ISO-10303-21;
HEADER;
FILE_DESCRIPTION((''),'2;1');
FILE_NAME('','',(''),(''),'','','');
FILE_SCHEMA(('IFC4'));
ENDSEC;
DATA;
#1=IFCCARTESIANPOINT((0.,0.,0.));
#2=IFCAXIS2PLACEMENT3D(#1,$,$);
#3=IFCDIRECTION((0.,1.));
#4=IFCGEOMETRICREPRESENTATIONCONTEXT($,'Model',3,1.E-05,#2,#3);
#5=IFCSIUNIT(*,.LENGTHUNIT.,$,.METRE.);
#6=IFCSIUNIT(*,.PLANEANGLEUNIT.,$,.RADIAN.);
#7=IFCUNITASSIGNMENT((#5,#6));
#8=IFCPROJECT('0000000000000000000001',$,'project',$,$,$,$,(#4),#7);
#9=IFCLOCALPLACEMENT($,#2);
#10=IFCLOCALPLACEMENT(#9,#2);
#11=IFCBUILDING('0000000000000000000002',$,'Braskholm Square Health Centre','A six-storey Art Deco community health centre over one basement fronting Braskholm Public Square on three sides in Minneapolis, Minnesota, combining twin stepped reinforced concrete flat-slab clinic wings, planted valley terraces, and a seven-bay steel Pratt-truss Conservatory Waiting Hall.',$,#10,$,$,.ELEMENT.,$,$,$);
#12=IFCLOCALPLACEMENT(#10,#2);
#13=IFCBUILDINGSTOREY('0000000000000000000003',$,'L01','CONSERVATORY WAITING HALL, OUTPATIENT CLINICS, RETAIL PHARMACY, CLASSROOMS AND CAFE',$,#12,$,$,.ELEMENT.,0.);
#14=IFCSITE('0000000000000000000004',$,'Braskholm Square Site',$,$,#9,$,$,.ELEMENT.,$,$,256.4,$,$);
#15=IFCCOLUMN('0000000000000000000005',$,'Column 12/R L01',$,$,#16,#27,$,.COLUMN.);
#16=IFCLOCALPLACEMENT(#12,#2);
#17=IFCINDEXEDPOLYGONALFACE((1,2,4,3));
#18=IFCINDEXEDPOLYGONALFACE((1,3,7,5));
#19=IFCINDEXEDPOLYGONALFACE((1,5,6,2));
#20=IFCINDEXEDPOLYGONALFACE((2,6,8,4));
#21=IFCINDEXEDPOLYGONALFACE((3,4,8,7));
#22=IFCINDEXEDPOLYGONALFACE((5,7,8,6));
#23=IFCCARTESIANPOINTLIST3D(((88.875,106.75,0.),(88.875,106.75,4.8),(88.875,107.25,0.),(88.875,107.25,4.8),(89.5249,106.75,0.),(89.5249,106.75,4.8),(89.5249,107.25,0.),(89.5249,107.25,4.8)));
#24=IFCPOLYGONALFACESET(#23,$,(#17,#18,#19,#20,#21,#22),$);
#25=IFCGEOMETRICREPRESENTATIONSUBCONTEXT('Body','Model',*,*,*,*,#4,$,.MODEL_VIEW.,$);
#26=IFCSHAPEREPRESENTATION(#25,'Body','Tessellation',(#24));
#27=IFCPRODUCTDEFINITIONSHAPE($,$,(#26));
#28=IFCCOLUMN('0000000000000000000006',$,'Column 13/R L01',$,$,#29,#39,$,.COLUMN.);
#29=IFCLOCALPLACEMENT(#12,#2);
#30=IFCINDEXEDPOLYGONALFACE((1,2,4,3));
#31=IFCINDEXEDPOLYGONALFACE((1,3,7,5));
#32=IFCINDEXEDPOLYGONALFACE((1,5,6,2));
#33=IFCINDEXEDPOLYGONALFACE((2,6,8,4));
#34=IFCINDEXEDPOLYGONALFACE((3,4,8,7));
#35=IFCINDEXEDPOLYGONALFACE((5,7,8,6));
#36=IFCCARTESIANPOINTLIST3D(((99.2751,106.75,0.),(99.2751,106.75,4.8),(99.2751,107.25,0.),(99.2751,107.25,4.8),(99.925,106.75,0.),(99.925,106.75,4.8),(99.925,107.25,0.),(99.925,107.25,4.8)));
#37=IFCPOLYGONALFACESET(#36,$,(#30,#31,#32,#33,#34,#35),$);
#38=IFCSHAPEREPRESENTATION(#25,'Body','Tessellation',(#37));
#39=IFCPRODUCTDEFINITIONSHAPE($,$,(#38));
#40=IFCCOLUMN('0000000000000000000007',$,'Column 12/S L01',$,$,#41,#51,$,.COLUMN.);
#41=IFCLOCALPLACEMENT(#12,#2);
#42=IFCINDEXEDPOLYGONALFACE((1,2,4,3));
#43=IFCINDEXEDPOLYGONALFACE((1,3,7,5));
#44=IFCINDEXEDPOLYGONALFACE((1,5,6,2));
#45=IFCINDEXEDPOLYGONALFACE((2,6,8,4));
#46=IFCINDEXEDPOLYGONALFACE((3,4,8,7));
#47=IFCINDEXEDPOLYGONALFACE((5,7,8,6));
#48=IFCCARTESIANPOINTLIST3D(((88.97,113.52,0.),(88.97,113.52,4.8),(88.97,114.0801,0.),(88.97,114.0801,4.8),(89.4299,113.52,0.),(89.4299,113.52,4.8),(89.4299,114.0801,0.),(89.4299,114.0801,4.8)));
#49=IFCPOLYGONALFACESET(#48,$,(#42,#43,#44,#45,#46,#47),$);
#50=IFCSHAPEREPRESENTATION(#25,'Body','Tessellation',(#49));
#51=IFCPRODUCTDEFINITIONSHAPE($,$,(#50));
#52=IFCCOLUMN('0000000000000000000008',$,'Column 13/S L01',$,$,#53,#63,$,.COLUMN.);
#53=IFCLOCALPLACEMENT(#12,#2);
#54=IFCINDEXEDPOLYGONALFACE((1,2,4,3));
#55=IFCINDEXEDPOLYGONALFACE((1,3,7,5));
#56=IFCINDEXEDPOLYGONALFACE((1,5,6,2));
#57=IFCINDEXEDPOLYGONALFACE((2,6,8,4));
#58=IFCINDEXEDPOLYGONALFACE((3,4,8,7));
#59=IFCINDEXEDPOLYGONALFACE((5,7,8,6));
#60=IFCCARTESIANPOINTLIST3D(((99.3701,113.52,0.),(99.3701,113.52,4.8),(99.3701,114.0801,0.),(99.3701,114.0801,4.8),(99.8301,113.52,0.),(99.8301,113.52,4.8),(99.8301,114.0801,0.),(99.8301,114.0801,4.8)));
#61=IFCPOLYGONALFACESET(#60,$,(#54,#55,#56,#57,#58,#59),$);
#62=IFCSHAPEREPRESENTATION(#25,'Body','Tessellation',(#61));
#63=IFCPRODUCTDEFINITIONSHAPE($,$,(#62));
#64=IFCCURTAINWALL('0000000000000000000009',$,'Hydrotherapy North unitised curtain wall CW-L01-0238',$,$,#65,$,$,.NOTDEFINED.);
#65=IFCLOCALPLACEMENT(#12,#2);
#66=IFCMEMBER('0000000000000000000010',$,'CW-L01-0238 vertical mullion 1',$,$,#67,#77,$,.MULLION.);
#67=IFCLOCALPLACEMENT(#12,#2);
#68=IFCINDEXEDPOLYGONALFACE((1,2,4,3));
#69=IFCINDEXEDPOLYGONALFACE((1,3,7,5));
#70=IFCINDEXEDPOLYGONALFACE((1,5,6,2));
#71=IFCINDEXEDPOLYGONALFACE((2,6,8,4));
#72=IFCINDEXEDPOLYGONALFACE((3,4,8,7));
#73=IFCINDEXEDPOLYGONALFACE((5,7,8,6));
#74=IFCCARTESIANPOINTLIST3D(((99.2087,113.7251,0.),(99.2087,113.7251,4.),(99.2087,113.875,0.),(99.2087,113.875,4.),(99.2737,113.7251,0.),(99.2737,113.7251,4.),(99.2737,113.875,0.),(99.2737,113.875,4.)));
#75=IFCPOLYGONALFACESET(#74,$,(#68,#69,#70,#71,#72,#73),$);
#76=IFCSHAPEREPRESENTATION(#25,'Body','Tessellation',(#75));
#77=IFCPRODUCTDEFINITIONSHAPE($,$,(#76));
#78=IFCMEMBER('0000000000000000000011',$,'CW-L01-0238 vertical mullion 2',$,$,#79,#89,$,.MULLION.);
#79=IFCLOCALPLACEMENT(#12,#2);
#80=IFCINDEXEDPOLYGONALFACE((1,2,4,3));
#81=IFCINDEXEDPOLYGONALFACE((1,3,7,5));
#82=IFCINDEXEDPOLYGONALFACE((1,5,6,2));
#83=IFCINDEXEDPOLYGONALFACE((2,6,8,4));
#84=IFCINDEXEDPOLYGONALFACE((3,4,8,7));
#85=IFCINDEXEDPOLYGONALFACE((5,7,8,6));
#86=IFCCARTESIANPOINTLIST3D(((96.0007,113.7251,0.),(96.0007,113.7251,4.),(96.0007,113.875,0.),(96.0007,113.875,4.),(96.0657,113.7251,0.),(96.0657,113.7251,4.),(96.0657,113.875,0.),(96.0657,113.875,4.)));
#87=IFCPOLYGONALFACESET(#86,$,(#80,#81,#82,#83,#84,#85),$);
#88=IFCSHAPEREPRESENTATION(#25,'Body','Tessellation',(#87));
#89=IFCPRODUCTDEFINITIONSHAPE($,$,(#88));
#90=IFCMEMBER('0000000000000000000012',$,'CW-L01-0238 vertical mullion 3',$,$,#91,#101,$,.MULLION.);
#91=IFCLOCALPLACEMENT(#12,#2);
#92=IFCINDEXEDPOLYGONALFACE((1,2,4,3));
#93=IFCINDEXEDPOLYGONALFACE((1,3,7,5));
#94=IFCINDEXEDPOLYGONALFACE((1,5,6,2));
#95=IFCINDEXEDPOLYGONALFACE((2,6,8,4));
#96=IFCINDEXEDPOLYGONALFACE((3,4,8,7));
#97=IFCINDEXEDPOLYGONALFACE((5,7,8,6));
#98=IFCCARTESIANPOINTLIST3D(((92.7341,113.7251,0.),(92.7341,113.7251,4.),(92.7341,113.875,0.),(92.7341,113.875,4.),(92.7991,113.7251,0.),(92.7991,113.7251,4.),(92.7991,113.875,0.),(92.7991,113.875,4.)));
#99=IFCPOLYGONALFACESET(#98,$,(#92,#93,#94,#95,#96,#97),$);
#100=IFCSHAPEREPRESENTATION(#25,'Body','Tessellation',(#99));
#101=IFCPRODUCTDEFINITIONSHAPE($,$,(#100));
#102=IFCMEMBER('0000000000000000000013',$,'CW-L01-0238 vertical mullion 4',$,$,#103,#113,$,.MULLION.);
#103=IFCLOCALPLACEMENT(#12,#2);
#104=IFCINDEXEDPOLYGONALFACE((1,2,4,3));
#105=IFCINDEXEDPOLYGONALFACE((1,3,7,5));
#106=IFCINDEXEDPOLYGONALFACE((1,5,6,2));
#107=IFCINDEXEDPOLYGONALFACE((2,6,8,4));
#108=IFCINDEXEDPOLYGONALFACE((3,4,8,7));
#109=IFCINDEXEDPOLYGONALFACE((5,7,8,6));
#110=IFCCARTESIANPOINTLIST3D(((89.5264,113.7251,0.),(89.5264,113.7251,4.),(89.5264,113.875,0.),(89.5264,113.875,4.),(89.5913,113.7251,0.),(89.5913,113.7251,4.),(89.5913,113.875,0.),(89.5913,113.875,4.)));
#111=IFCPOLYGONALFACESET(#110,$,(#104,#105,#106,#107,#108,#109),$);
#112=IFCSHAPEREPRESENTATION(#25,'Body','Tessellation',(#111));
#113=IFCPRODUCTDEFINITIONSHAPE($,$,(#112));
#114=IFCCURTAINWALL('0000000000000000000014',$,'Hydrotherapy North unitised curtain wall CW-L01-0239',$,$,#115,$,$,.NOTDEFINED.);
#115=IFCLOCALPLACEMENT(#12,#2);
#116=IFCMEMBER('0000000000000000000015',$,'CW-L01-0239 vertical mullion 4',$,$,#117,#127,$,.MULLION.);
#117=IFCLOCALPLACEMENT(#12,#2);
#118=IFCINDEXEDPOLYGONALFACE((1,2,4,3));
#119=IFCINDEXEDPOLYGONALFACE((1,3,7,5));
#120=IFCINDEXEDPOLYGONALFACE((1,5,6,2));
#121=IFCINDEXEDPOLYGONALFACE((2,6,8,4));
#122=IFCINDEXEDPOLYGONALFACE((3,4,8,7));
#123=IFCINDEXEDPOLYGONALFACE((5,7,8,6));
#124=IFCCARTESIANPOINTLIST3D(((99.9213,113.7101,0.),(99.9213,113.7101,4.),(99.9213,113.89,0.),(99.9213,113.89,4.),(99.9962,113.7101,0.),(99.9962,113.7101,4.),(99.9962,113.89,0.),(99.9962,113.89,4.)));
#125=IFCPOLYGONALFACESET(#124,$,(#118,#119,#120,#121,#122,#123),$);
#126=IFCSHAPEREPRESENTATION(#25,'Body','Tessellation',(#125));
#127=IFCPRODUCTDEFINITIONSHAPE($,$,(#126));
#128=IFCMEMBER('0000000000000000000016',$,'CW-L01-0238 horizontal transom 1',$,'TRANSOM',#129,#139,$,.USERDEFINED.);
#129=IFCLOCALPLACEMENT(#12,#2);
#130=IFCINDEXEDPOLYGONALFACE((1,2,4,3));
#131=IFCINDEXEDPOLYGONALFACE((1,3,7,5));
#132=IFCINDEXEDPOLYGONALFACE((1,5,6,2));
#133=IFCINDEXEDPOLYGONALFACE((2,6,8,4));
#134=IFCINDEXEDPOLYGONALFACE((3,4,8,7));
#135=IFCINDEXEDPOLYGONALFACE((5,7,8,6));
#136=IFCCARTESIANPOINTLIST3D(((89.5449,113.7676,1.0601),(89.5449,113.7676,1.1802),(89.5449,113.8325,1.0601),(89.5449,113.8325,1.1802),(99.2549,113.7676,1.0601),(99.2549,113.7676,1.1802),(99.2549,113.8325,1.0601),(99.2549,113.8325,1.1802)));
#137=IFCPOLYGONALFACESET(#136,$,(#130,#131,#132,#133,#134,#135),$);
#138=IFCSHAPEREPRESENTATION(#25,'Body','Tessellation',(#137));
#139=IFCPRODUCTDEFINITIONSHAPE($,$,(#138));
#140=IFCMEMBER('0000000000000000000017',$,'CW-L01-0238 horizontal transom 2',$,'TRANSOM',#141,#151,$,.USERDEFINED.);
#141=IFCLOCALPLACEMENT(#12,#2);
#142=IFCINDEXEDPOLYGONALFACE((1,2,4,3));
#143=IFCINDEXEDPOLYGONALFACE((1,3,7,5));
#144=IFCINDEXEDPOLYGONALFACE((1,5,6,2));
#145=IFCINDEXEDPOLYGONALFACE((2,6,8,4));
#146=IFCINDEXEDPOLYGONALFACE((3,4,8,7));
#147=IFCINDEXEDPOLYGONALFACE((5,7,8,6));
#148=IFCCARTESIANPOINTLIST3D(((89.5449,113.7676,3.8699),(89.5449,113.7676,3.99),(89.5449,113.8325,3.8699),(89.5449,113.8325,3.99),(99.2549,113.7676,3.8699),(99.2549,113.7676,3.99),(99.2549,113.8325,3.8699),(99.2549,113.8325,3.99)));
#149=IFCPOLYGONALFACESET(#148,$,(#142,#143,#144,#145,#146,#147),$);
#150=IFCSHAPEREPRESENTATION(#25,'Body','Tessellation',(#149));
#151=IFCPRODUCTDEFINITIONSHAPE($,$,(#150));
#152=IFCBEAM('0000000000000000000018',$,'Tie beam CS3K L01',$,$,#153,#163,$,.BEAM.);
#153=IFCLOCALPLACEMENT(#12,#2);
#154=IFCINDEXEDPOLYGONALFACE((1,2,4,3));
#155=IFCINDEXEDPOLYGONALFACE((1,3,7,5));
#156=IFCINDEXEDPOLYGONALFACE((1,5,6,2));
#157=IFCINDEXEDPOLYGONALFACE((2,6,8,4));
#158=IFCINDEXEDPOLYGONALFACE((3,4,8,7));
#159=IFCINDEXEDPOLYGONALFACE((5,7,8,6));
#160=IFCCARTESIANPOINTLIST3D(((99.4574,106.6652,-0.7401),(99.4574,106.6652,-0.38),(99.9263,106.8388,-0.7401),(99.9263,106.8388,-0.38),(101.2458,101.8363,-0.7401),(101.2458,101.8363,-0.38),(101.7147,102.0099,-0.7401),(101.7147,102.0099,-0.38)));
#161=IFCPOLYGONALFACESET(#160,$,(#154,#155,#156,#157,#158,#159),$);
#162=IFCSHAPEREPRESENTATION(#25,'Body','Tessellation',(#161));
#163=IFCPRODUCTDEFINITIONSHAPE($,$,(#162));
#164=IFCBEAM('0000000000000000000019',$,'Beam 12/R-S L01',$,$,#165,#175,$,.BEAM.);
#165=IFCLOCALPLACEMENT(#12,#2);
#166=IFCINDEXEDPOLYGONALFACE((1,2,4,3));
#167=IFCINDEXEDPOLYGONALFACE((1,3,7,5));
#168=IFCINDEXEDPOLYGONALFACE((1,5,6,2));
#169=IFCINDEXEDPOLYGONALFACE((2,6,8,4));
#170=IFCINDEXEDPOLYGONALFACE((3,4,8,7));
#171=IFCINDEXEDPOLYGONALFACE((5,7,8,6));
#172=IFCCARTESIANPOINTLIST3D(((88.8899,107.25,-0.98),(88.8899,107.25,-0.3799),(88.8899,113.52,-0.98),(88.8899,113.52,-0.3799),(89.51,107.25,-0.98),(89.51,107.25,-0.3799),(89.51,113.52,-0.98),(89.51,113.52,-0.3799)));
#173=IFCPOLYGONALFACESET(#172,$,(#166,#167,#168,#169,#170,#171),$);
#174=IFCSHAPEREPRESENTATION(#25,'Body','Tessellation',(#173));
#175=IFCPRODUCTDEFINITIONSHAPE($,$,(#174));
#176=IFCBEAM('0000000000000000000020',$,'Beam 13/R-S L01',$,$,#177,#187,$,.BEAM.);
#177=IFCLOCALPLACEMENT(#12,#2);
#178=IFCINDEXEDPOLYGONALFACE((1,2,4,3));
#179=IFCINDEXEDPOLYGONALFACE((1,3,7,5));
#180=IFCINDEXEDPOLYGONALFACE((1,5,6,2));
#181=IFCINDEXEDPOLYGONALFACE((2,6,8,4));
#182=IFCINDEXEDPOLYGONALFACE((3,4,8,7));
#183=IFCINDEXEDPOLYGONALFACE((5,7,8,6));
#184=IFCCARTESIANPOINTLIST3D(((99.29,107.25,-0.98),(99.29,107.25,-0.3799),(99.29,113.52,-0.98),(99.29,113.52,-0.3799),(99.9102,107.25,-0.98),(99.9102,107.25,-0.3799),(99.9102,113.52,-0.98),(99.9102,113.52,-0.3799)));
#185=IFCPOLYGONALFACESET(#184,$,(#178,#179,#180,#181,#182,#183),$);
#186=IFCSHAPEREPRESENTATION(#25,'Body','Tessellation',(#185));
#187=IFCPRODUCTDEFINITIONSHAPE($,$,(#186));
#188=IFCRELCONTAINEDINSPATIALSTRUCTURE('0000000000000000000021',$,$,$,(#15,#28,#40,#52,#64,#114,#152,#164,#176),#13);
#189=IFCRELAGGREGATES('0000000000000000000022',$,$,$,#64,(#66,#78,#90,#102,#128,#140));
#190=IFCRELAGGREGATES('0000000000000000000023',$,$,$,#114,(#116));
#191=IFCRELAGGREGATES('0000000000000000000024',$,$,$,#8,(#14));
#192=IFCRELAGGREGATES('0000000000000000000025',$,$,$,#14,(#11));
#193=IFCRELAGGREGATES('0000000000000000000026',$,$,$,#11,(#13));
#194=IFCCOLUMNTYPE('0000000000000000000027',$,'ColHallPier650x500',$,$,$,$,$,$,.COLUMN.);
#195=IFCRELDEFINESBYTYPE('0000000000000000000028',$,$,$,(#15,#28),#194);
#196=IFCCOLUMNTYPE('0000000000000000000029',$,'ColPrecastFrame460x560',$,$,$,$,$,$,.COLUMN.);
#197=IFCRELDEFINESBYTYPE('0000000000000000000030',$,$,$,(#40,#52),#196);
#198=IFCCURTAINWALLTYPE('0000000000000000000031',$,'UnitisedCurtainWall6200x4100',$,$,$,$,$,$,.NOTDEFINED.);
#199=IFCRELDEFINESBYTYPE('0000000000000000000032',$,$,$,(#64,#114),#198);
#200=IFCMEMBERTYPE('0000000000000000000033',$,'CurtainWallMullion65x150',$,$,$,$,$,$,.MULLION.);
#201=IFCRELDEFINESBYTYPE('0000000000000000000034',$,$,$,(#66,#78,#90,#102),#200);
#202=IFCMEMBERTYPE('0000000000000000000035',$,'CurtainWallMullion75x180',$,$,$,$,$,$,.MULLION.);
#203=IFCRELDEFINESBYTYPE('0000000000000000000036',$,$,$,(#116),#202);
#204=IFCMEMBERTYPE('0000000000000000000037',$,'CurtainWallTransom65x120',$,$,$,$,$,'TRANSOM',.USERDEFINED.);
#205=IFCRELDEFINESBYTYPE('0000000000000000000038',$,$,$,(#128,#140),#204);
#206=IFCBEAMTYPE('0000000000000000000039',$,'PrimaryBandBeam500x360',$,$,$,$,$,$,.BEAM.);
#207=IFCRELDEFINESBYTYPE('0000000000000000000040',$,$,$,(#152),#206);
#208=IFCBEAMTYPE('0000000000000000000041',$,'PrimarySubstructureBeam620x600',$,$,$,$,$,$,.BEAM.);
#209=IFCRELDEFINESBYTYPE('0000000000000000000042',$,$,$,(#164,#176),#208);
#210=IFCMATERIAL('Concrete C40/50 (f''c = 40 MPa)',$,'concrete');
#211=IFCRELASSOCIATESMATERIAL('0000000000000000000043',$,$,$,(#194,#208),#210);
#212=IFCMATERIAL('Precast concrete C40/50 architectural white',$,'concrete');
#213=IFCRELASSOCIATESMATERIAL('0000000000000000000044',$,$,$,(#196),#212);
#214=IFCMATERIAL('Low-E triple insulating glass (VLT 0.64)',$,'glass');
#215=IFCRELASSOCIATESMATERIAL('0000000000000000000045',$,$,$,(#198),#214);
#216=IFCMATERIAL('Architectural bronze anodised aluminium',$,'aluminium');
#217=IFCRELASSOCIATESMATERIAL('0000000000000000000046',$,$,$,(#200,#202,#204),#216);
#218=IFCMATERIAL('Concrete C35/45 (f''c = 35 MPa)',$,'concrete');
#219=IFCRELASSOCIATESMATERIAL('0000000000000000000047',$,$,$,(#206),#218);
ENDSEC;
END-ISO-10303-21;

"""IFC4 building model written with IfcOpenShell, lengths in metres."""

from ifc_helpers import new_model, si_unit, direction, frame, origin, origin_2d, place, context, subcontext, project, spatial, rectangle, extrude, material, material_profile, profile_set, type_object, element, aggregate, save


model = new_model("IFC4")

# Units and contexts
model_context = context("Model", 3, precision=1e-05, world=origin(), true_north=direction((0.0, 1.0)))
body_context = subcontext(model_context, "Body", "Model", "MODEL_VIEW")
ifc_project = project(units=[si_unit("LENGTHUNIT", "METRE"), si_unit("PLANEANGLEUNIT", "RADIAN")], contexts=[model_context])

# Site, building, storey
site_placement = place(None, origin())
site = spatial("IfcSite", under=ifc_project, at=site_placement, Name="Braskholm Square Site", CompositionType="ELEMENT", RefElevation=256.4)
building_placement = place(site_placement, origin())
building = spatial("IfcBuilding", under=site, at=building_placement, Name="Braskholm Square Health Centre", Description="A six-storey Art Deco community health centre over one basement fronting Braskholm Public Square on three sides in Minneapolis, Minnesota, combining twin stepped reinforced concrete flat-slab clinic wings, planted valley terraces, and a seven-bay steel Pratt-truss Conservatory Waiting Hall.", CompositionType="ELEMENT")
storey_placement = place(building_placement, origin())
storey = spatial("IfcBuildingStorey", under=building, at=storey_placement, Name="L01", Description="CONSERVATORY WAITING HALL, OUTPATIENT CLINICS, RETAIL PHARMACY, CLASSROOMS AND CAFE", CompositionType="ELEMENT", Elevation=0.0)

# Columns
ifc_material_1 = material(Name="Concrete C40/50 (f'c = 40 MPa)", Category="concrete")
ifc_material_profile_1 = material_profile(ifc_material_1, rectangle(XDim=0.6499, YDim=0.5, at=origin_2d()), Name="RC-650X500")
ifc_profile_set_1 = profile_set([ifc_material_profile_1], Name="Concrete C40/50 (f'c = 40 MPa)")
column_type_1 = type_object("IfcColumnType", Name="ColHallPier650x500", PredefinedType="COLUMN", material=ifc_profile_set_1)
for number, where, z_axis, x_axis, name in (
    (1, (89.2, 107.0, 0.0), (0.0, 0.0, 1.0), (1.0, 0.0, 0.0), "Column 12/R L01"),
    (2, (99.6001, 107.0, 0.0), (0.0, 0.0, 1.0), (1.0, 0.0, 0.0), "Column 13/R L01"),
):
    element("IfcColumn", number, at=place(storey_placement, frame(where, z_axis=z_axis, x_axis=x_axis)), inside=storey, type_object=column_type_1, Name=name, PredefinedType="COLUMN", context=body_context, shape_type="SweptSolid", body=[
        extrude(rectangle(XDim=0.6499, YDim=0.5, at=origin_2d()), origin(), (0.0, 0.0, 1.0), 4.8),
    ])
ifc_material_2 = material(Name="Precast concrete C40/50 architectural white", Category="concrete")
ifc_material_profile_2 = material_profile(ifc_material_2, rectangle(XDim=0.46, YDim=0.5601, at=origin_2d()), Name="RC-460X560")
ifc_profile_set_2 = profile_set([ifc_material_profile_2], Name="Precast concrete C40/50 architectural white")
column_type_2 = type_object("IfcColumnType", Name="ColPrecastFrame460x560", PredefinedType="COLUMN", material=ifc_profile_set_2)
for number, where, z_axis, x_axis, name in (
    (3, (89.2, 113.8, 0.0), (0.0, 0.0, 1.0), (1.0, 0.0, 0.0), "Column 12/S L01"),
    (4, (99.6001, 113.8, 0.0), (0.0, 0.0, 1.0), (1.0, 0.0, 0.0), "Column 13/S L01"),
):
    element("IfcColumn", number, at=place(storey_placement, frame(where, z_axis=z_axis, x_axis=x_axis)), inside=storey, type_object=column_type_2, Name=name, PredefinedType="COLUMN", context=body_context, shape_type="SweptSolid", body=[
        extrude(rectangle(XDim=0.46, YDim=0.5601, at=origin_2d()), origin(), (0.0, 0.0, 1.0), 4.8),
    ])

# Curtain wall, members
ifc_material_3 = material(Name="Low-E triple insulating glass (VLT 0.64)", Category="glass")
curtain_wall_type = type_object("IfcCurtainWallType", Name="UnitisedCurtainWall6200x4100", PredefinedType="NOTDEFINED", material=ifc_material_3)
curtain_wall_1_placement = place(storey_placement, origin())
curtain_wall_1 = element("IfcCurtainWall", 5, at=curtain_wall_1_placement, inside=storey, type_object=curtain_wall_type, Name="Hydrotherapy North unitised curtain wall CW-L01-0238", PredefinedType="NOTDEFINED")
ifc_material_4 = material(Name="Architectural bronze anodised aluminium", Category="aluminium")
ifc_material_profile_3 = material_profile(ifc_material_4, rectangle(XDim=0.0649, YDim=0.1499, at=origin_2d()), Name="ALU-65X150")
ifc_profile_set_3 = profile_set([ifc_material_profile_3], Name="Architectural bronze anodised aluminium")
member_type_1 = type_object("IfcMemberType", Name="CurtainWallMullion65x150", PredefinedType="MULLION", material=ifc_profile_set_3)
member_1_placement = place(storey_placement, frame((99.2412, 113.8, 0.0), z_axis=(0.0, 0.0, 1.0), x_axis=(1.0, 0.0, 0.0)))
member_1 = element("IfcMember", 6, at=member_1_placement, type_object=member_type_1, Name="CW-L01-0238 vertical mullion 1", PredefinedType="MULLION", context=body_context, shape_type="SweptSolid", body=[
    extrude(rectangle(XDim=0.0649, YDim=0.1499, at=origin_2d()), origin(), (0.0, 0.0, 1.0), 4.0),
])
member_2_placement = place(storey_placement, frame((96.0332, 113.8, 0.0), z_axis=(0.0, 0.0, 1.0), x_axis=(1.0, 0.0, 0.0)))
member_2 = element("IfcMember", 7, at=member_2_placement, type_object=member_type_1, Name="CW-L01-0238 vertical mullion 2", PredefinedType="MULLION", context=body_context, shape_type="SweptSolid", body=[
    extrude(rectangle(XDim=0.0649, YDim=0.1499, at=origin_2d()), origin(), (0.0, 0.0, 1.0), 4.0),
])
member_3_placement = place(storey_placement, frame((92.7666, 113.8, 0.0), z_axis=(0.0, 0.0, 1.0), x_axis=(1.0, 0.0, 0.0)))
member_3 = element("IfcMember", 8, at=member_3_placement, type_object=member_type_1, Name="CW-L01-0238 vertical mullion 3", PredefinedType="MULLION", context=body_context, shape_type="SweptSolid", body=[
    extrude(rectangle(XDim=0.0649, YDim=0.1499, at=origin_2d()), origin(), (0.0, 0.0, 1.0), 4.0),
])
member_4_placement = place(storey_placement, frame((89.5588, 113.8, 0.0), z_axis=(0.0, 0.0, 1.0), x_axis=(1.0, 0.0, 0.0)))
member_4 = element("IfcMember", 9, at=member_4_placement, type_object=member_type_1, Name="CW-L01-0238 vertical mullion 4", PredefinedType="MULLION", context=body_context, shape_type="SweptSolid", body=[
    extrude(rectangle(XDim=0.0649, YDim=0.1499, at=origin_2d()), origin(), (0.0, 0.0, 1.0), 4.0),
])

# Curtain wall, member
curtain_wall_2_placement = place(storey_placement, origin())
curtain_wall_2 = element("IfcCurtainWall", 10, at=curtain_wall_2_placement, inside=storey, type_object=curtain_wall_type, Name="Hydrotherapy North unitised curtain wall CW-L01-0239", PredefinedType="NOTDEFINED")
ifc_material_profile_4 = material_profile(ifc_material_4, rectangle(XDim=0.075, YDim=0.1799, at=origin_2d()), Name="ALU-75X180")
ifc_profile_set_4 = profile_set([ifc_material_profile_4], Name="Architectural bronze anodised aluminium")
member_type_2 = type_object("IfcMemberType", Name="CurtainWallMullion75x180", PredefinedType="MULLION", material=ifc_profile_set_4)
member_5_placement = place(storey_placement, frame((99.9587, 113.8, 0.0), z_axis=(0.0, 0.0, 1.0), x_axis=(1.0, 0.0, 0.0)))
member_5 = element("IfcMember", 11, at=member_5_placement, type_object=member_type_2, Name="CW-L01-0239 vertical mullion 4", PredefinedType="MULLION", context=body_context, shape_type="SweptSolid", body=[
    extrude(rectangle(XDim=0.075, YDim=0.1799, at=origin_2d()), origin(), (0.0, 0.0, 1.0), 4.0),
])

# Members
ifc_material_profile_5 = material_profile(ifc_material_4, rectangle(XDim=0.0649, YDim=0.1201, at=origin_2d()), Name="ALU-65X120")
ifc_profile_set_5 = profile_set([ifc_material_profile_5], Name="Architectural bronze anodised aluminium")
member_type_3 = type_object("IfcMemberType", Name="CurtainWallTransom65x120", ElementType="TRANSOM", PredefinedType="USERDEFINED", material=ifc_profile_set_5)
member_6_placement = place(storey_placement, frame((99.2549, 113.8, 1.1201), z_axis=(-1.0, 0.0, 0.0), x_axis=(0.0, -1.0, 0.0)))
member_6 = element("IfcMember", 12, at=member_6_placement, type_object=member_type_3, Name="CW-L01-0238 horizontal transom 1", ObjectType="TRANSOM", PredefinedType="USERDEFINED", context=body_context, shape_type="SweptSolid", body=[
    extrude(rectangle(XDim=0.0649, YDim=0.1201, at=origin_2d()), origin(), (0.0, 0.0, 1.0), 9.71),
])
member_7_placement = place(storey_placement, frame((99.2549, 113.8, 3.9299), z_axis=(-1.0, 0.0, 0.0), x_axis=(0.0, -1.0, 0.0)))
member_7 = element("IfcMember", 13, at=member_7_placement, type_object=member_type_3, Name="CW-L01-0238 horizontal transom 2", ObjectType="TRANSOM", PredefinedType="USERDEFINED", context=body_context, shape_type="SweptSolid", body=[
    extrude(rectangle(XDim=0.0649, YDim=0.1201, at=origin_2d()), origin(), (0.0, 0.0, 1.0), 9.71),
])

# Beams
ifc_material_5 = material(Name="Concrete C35/45 (f'c = 35 MPa)", Category="concrete")
ifc_material_profile_6 = material_profile(ifc_material_5, rectangle(XDim=0.5, YDim=0.3601, at=origin_2d()), Name="RCB-500X360")
ifc_profile_set_6 = profile_set([ifc_material_profile_6], Name="Concrete C35/45 (f'c = 35 MPa)")
beam_type_1 = type_object("IfcBeamType", Name="PrimaryBandBeam500x360", PredefinedType="BEAM", material=ifc_profile_set_6)
beam_1_placement = place(storey_placement, frame((101.4802, 101.9231, -0.5601), z_axis=(-0.347291, 0.937757, 0.0), x_axis=(-0.937757, -0.347291, 0.0)))
element("IfcBeam", 14, at=beam_1_placement, inside=storey, type_object=beam_type_1, Name="Tie beam CS3K L01", PredefinedType="BEAM", context=body_context, shape_type="SweptSolid", body=[
    extrude(rectangle(XDim=0.5, YDim=0.3601, at=origin_2d()), origin(), (0.0, 0.0, 1.0), 5.1494),
])
ifc_material_profile_7 = material_profile(ifc_material_1, rectangle(XDim=0.6201, YDim=0.6001, at=origin_2d()), Name="RCB-620X600")
ifc_profile_set_7 = profile_set([ifc_material_profile_7], Name="Concrete C40/50 (f'c = 40 MPa)")
beam_type_2 = type_object("IfcBeamType", Name="PrimarySubstructureBeam620x600", PredefinedType="BEAM", material=ifc_profile_set_7)
for number, where, z_axis, x_axis, name in (
    (15, (89.2, 107.25, -0.6799), (0.0, 1.0, 0.0), (-1.0, 0.0, 0.0), "Beam 12/R-S L01"),
    (16, (99.6001, 107.25, -0.6799), (0.0, 1.0, 0.0), (-1.0, 0.0, 0.0), "Beam 13/R-S L01"),
):
    element("IfcBeam", number, at=place(storey_placement, frame(where, z_axis=z_axis, x_axis=x_axis)), inside=storey, type_object=beam_type_2, Name=name, PredefinedType="BEAM", context=body_context, shape_type="SweptSolid", body=[
        extrude(rectangle(XDim=0.6201, YDim=0.6001, at=origin_2d()), origin(), (0.0, 0.0, 1.0), 6.27),
    ])

aggregate(curtain_wall_1, [member_1, member_2, member_3, member_4, member_6, member_7])
aggregate(curtain_wall_2, [member_5])

save(model, "model.ifc")
